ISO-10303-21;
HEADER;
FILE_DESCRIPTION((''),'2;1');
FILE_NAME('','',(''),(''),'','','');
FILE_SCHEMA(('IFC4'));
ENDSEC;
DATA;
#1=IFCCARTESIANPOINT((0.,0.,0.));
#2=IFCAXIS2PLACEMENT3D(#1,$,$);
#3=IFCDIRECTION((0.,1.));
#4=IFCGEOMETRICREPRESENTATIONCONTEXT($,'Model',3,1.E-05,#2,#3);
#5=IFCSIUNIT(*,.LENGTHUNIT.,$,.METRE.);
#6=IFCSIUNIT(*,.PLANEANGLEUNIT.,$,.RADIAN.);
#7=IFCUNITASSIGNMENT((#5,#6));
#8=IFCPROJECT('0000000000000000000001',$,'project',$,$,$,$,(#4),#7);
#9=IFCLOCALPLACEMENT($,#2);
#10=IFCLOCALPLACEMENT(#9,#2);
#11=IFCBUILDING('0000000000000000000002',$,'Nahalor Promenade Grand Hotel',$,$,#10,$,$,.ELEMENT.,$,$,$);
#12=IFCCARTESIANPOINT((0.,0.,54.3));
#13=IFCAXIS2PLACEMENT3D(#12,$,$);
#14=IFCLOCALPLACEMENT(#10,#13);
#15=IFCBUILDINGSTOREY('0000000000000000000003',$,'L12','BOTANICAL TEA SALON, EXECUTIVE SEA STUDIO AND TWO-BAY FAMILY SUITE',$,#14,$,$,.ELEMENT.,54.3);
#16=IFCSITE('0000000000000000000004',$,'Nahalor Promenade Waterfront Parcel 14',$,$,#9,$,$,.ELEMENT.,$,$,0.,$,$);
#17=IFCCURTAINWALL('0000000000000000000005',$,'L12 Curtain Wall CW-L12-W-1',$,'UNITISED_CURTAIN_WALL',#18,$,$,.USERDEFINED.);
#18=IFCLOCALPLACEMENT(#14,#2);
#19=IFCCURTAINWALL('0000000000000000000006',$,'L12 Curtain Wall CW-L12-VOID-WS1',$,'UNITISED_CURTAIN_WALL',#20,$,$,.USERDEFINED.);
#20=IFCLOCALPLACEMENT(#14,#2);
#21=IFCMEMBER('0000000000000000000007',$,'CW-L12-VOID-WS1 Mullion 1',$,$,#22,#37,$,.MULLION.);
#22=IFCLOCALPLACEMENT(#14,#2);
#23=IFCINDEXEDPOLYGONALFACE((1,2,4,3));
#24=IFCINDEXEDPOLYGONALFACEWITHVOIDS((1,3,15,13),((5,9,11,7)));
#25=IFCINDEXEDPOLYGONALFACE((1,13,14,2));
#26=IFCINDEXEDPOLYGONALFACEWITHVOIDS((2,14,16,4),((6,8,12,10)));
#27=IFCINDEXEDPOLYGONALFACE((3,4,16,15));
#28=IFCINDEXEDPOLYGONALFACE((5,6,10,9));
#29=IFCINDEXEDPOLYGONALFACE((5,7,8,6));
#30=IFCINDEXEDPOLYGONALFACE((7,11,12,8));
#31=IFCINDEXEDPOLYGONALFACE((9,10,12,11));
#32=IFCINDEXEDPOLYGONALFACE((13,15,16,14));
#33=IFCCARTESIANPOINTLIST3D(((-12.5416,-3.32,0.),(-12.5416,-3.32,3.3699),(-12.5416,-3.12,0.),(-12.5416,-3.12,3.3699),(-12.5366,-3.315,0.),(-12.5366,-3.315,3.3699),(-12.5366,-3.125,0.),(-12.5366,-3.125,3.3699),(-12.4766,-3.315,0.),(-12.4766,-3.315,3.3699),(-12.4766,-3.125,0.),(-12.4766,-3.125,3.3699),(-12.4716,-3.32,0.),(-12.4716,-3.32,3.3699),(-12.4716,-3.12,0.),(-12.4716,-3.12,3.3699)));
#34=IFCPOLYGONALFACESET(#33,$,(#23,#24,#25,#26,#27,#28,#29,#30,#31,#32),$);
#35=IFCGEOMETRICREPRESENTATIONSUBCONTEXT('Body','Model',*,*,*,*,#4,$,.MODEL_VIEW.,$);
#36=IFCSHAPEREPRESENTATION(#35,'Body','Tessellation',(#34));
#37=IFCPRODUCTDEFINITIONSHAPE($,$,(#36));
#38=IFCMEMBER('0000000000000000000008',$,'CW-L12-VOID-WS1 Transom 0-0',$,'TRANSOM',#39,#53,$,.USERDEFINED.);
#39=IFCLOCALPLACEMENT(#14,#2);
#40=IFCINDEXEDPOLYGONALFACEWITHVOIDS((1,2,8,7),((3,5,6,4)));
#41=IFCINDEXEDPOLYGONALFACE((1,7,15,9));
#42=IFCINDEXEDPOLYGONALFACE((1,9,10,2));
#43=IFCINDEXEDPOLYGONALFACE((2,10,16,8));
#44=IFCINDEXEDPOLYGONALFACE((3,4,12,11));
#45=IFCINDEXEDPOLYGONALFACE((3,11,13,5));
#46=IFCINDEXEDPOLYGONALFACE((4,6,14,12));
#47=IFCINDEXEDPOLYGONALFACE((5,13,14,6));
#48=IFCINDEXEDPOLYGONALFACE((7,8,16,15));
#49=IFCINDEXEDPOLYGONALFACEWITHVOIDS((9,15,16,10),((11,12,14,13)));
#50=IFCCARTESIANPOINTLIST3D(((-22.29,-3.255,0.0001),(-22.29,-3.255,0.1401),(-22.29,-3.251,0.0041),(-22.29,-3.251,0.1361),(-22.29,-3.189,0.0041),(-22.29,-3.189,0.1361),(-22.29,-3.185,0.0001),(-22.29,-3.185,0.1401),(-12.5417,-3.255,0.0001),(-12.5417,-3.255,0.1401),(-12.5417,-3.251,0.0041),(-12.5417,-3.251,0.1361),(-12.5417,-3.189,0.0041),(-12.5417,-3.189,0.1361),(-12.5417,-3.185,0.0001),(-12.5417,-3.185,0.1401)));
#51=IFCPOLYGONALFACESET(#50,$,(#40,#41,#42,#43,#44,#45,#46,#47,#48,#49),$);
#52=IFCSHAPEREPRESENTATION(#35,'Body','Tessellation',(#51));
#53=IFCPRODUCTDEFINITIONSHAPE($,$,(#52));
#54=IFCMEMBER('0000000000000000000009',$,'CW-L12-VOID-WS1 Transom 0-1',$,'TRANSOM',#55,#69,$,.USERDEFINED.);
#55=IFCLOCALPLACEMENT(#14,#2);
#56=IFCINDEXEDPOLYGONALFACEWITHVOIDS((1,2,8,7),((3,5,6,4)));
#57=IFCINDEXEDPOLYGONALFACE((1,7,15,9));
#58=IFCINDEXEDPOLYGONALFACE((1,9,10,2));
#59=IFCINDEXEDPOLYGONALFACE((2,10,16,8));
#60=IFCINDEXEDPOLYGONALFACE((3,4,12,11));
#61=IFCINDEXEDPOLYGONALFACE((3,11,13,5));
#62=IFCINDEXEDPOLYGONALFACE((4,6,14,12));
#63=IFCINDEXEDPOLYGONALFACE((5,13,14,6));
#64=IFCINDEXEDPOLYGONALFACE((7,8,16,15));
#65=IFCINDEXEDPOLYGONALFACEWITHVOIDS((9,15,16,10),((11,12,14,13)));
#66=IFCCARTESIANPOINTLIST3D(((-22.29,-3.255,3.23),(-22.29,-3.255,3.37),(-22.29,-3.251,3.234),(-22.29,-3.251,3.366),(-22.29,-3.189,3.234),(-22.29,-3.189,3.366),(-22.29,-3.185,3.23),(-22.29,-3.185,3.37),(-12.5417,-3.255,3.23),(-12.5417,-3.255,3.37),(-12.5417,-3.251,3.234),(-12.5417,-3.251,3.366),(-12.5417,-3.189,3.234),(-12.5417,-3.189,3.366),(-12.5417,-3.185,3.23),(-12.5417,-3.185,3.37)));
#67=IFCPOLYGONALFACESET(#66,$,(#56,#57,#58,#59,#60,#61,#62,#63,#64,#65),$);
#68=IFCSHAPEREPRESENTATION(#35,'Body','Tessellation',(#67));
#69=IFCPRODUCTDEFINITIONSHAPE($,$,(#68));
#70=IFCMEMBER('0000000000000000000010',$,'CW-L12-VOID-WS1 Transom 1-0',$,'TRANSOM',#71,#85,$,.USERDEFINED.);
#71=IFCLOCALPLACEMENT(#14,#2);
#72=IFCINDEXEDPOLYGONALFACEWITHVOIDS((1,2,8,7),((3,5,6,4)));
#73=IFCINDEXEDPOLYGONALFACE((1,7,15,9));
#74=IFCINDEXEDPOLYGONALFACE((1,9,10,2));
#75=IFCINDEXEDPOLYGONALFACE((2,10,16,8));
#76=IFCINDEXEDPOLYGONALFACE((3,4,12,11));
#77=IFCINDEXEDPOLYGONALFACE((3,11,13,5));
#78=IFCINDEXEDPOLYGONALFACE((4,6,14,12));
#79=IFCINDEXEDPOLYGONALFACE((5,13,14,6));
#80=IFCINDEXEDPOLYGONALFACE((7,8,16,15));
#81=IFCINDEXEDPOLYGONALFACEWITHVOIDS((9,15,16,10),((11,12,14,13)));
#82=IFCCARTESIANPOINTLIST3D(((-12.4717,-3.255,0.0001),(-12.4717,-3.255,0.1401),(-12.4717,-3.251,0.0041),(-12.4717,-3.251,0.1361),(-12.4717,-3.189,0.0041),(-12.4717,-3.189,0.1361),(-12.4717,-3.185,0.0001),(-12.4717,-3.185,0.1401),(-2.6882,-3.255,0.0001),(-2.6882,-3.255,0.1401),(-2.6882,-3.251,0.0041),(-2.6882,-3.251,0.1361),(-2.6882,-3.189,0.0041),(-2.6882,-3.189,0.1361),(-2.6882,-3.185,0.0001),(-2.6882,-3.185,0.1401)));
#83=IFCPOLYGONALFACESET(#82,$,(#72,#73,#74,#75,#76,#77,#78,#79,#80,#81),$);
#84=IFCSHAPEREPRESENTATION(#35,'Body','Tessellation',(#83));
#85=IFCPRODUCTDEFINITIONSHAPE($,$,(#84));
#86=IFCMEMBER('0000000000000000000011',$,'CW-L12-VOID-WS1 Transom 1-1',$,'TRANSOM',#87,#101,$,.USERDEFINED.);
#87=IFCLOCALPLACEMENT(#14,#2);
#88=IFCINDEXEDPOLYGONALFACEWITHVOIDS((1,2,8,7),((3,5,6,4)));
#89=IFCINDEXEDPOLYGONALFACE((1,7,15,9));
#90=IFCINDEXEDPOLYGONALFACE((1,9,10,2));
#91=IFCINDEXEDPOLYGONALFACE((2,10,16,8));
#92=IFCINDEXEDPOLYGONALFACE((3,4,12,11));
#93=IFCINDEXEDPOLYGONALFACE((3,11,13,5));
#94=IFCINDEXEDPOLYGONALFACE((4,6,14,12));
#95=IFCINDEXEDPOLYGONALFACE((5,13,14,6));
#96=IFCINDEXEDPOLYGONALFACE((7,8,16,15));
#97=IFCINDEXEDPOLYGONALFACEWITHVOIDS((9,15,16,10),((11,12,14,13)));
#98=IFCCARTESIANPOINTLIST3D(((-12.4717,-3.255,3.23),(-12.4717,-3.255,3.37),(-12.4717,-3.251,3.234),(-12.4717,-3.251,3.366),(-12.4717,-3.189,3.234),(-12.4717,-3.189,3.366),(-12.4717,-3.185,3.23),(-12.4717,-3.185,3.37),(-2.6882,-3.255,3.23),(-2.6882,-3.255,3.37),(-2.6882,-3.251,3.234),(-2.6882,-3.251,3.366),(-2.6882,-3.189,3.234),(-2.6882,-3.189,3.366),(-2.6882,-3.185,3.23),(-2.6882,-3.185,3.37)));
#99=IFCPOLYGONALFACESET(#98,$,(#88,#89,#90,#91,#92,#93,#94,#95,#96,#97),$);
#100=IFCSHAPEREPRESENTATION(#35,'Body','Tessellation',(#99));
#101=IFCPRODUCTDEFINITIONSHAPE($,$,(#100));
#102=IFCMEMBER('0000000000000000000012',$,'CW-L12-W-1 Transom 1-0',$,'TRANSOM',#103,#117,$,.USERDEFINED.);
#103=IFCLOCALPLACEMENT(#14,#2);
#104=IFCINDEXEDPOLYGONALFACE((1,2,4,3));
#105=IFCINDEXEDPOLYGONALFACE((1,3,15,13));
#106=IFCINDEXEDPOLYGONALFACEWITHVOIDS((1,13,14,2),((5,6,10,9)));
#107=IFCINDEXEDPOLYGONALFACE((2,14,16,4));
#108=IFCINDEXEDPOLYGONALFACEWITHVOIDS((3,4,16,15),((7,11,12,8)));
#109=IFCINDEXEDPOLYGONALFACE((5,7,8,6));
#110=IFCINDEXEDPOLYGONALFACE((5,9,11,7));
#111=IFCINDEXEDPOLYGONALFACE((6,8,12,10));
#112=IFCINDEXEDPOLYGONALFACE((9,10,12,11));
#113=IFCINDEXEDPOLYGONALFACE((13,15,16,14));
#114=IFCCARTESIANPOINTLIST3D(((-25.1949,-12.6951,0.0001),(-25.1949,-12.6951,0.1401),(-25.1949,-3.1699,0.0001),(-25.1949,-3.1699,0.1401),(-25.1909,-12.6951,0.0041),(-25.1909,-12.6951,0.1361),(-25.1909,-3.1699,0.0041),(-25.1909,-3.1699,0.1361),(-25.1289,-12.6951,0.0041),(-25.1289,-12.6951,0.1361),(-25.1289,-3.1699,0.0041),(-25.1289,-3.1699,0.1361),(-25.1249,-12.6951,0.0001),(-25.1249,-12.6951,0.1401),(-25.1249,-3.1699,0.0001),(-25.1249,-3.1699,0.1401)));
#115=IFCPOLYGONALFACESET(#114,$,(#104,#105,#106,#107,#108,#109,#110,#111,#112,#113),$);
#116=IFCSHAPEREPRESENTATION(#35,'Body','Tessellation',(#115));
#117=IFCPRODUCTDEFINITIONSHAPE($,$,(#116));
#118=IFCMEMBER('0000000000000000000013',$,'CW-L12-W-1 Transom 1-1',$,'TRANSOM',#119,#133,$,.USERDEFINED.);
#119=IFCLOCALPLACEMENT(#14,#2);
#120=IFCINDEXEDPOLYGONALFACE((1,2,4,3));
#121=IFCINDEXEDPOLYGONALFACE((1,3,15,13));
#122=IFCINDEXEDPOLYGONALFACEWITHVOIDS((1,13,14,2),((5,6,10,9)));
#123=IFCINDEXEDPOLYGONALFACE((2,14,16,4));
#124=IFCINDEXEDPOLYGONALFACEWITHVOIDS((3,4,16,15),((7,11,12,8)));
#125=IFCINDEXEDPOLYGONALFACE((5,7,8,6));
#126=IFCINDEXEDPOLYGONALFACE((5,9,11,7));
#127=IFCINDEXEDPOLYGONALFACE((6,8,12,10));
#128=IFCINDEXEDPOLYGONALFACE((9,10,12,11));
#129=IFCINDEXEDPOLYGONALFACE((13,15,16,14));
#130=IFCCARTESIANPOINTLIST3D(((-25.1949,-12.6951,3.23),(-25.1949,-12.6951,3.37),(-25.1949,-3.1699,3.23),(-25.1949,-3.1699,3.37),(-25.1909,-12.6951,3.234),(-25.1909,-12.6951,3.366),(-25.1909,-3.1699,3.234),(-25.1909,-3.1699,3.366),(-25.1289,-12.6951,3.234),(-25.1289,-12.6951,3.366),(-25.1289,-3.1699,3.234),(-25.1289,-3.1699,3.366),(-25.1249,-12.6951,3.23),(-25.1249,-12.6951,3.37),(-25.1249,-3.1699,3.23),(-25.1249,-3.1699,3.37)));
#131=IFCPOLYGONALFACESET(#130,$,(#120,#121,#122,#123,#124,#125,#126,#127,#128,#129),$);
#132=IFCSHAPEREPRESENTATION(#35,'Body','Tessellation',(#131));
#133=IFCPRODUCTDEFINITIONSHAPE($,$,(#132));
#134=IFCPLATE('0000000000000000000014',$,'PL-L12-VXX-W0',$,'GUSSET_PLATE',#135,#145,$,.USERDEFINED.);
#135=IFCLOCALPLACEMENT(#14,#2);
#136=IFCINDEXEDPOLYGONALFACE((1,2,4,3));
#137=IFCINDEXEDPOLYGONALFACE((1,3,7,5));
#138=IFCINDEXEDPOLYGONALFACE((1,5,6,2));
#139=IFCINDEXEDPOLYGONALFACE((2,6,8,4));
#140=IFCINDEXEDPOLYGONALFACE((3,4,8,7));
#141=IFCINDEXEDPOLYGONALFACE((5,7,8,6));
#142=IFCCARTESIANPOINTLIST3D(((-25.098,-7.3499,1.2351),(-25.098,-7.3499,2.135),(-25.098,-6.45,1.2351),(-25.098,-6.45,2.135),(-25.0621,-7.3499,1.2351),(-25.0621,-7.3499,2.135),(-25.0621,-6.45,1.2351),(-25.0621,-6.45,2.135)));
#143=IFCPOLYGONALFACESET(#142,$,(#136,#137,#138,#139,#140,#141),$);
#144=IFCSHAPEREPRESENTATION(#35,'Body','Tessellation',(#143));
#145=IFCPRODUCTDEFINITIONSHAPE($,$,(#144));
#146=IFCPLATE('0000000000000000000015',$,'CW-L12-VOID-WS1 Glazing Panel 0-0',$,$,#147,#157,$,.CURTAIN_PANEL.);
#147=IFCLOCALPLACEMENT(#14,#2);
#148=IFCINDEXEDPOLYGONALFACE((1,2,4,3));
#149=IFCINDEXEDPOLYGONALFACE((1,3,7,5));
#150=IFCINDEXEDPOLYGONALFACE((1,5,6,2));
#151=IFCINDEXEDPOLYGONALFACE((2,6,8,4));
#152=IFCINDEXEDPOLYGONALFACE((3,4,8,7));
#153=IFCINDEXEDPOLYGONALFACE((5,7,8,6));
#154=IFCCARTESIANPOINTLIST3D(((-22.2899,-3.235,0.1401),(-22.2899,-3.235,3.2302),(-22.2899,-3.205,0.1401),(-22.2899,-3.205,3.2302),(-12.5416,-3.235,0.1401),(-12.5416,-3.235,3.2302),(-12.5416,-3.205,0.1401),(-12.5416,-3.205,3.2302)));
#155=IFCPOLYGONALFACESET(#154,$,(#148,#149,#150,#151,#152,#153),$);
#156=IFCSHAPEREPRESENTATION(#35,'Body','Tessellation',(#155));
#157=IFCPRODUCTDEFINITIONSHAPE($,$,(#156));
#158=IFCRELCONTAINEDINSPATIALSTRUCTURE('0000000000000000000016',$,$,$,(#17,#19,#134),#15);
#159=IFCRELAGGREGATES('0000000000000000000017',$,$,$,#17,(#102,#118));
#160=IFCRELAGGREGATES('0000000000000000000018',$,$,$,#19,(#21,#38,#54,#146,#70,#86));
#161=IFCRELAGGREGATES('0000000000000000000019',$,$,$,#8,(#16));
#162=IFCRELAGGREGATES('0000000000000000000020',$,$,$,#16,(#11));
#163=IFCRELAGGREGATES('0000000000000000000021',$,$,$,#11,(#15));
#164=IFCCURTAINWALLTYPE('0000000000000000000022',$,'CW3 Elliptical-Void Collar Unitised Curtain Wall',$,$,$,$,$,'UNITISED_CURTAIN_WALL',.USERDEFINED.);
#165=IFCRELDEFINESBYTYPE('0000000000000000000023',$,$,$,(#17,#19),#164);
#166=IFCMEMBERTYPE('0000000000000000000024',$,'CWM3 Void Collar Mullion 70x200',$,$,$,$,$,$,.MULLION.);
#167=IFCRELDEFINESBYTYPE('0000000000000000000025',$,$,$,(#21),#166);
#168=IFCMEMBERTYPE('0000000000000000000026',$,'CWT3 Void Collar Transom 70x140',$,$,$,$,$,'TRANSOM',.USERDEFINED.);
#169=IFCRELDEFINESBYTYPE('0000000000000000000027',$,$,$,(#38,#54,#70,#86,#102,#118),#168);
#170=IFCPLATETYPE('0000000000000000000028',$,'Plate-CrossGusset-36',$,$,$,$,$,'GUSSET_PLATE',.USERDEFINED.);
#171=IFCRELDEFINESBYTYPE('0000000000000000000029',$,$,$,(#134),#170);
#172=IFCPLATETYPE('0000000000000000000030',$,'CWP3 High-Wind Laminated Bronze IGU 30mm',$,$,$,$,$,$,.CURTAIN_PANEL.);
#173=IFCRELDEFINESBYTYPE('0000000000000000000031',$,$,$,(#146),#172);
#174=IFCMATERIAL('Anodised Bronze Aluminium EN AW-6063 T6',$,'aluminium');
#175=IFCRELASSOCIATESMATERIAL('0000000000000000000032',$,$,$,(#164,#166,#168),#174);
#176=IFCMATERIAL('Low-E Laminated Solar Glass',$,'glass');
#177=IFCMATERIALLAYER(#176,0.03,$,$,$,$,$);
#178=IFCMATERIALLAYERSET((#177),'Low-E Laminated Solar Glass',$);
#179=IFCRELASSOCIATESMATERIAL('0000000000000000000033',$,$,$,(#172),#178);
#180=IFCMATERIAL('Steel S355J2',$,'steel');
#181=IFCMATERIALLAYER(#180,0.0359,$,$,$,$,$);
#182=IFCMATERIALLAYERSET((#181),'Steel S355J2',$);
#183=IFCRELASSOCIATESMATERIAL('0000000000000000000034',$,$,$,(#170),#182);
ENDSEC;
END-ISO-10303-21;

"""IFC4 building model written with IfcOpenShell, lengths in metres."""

from ifc_helpers import new_model, si_unit, direction, frame, origin, origin_2d, place, context, subcontext, project, spatial, rectangle, hollow_rectangle, extrude, source, transform, mapped, material, layer, layer_set, material_profile, profile_set, type_object, element, aggregate, save


model = new_model("IFC4")

# Units and contexts
model_context = context("Model", 3, precision=1e-05, world=origin(), true_north=direction((0.0, 1.0)))
body_context = subcontext(model_context, "Body", "Model", "MODEL_VIEW")
ifc_project = project(units=[si_unit("LENGTHUNIT", "METRE"), si_unit("PLANEANGLEUNIT", "RADIAN")], contexts=[model_context])

# Site, building, storey
site_placement = place(None, origin())
site = spatial("IfcSite", under=ifc_project, at=site_placement, Name="Nahalor Promenade Waterfront Parcel 14", CompositionType="ELEMENT", RefElevation=0.0)
building_placement = place(site_placement, origin())
building = spatial("IfcBuilding", under=site, at=building_placement, Name="Nahalor Promenade Grand Hotel", CompositionType="ELEMENT")
storey_placement = place(building_placement, frame((0.0, 0.0, 54.3)))
storey = spatial("IfcBuildingStorey", under=building, at=storey_placement, Name="L12", Description="BOTANICAL TEA SALON, EXECUTIVE SEA STUDIO AND TWO-BAY FAMILY SUITE", CompositionType="ELEMENT", Elevation=54.3)

# Shared definitions
ifc_material_1 = material(Name="Steel S355J2", Category="steel")

# Curtain wall
ifc_material_2 = material(Name="Anodised Bronze Aluminium EN AW-6063 T6", Category="aluminium")
curtain_wall_type = type_object("IfcCurtainWallType", Name="CW3 Elliptical-Void Collar Unitised Curtain Wall", ElementType="UNITISED_CURTAIN_WALL", PredefinedType="USERDEFINED", material=ifc_material_2)
curtain_wall_1_placement = place(storey_placement, origin())
curtain_wall_1 = element("IfcCurtainWall", 1, at=curtain_wall_1_placement, inside=storey, type_object=curtain_wall_type, Name="L12 Curtain Wall CW-L12-W-1", ObjectType="UNITISED_CURTAIN_WALL", PredefinedType="USERDEFINED")
ifc_material_profile_1 = material_profile(ifc_material_2, hollow_rectangle(XDim=0.07, YDim=0.2, WallThickness=0.005, at=origin_2d()), Name="CWM 70x200x5")
ifc_profile_set_1 = profile_set([ifc_material_profile_1], Name="Anodised Bronze Aluminium EN AW-6063 T6")
member_type_1 = type_object("IfcMemberType", Name="CWM3 Void Collar Mullion 70x200", PredefinedType="MULLION", material=ifc_profile_set_1)
shared_shape_1 = source(origin(), body_context, "Body", "SweptSolid", [
    extrude(hollow_rectangle(XDim=0.07, YDim=0.2, WallThickness=0.005, at=origin_2d()), origin(), (0.0, 0.0, 1.0), 3.3699),
])

# Curtain wall, members
curtain_wall_2_placement = place(storey_placement, origin())
curtain_wall_2 = element("IfcCurtainWall", 2, at=curtain_wall_2_placement, inside=storey, type_object=curtain_wall_type, Name="L12 Curtain Wall CW-L12-VOID-WS1", ObjectType="UNITISED_CURTAIN_WALL", PredefinedType="USERDEFINED")
member_1_placement = place(storey_placement, frame((-12.5066, -3.22, 0.0), z_axis=(0.0, 0.0, 1.0), x_axis=(1.0, 0.0, 0.0)))
member_1 = element("IfcMember", 3, at=member_1_placement, type_object=member_type_1, Name="CW-L12-VOID-WS1 Mullion 1", PredefinedType="MULLION", context=body_context, shape_type="MappedRepresentation", body=[
    mapped(shared_shape_1, transform((0.0, 0.0, 0.0), scale=1.0)),
])
ifc_material_profile_2 = material_profile(ifc_material_2, hollow_rectangle(XDim=0.07, YDim=0.14, WallThickness=0.004, at=origin_2d()), Name="CWT 70x140x4")
ifc_profile_set_2 = profile_set([ifc_material_profile_2], Name="Anodised Bronze Aluminium EN AW-6063 T6")
member_type_2 = type_object("IfcMemberType", Name="CWT3 Void Collar Transom 70x140", ElementType="TRANSOM", PredefinedType="USERDEFINED", material=ifc_profile_set_2)
shared_shape_2 = source(origin(), body_context, "Body", "SweptSolid", [
    extrude(hollow_rectangle(XDim=0.07, YDim=0.14, WallThickness=0.004, at=origin_2d()), origin(), (0.0, 0.0, 1.0), 9.7483),
])
member_2_placement = place(storey_placement, frame((-22.29, -3.22, 0.0701), z_axis=(1.0, 0.0, 0.0), x_axis=(0.0, 1.0, 0.0)))
member_2 = element("IfcMember", 4, at=member_2_placement, type_object=member_type_2, Name="CW-L12-VOID-WS1 Transom 0-0", ObjectType="TRANSOM", PredefinedType="USERDEFINED", context=body_context, shape_type="MappedRepresentation", body=[
    mapped(shared_shape_2, transform((0.0, 0.0, 0.0), scale=1.0)),
])
member_3_placement = place(storey_placement, frame((-22.29, -3.22, 3.3), z_axis=(1.0, 0.0, 0.0), x_axis=(0.0, 1.0, 0.0)))
member_3 = element("IfcMember", 5, at=member_3_placement, type_object=member_type_2, Name="CW-L12-VOID-WS1 Transom 0-1", ObjectType="TRANSOM", PredefinedType="USERDEFINED", context=body_context, shape_type="MappedRepresentation", body=[
    mapped(shared_shape_2, transform((0.0, 0.0, 0.0), scale=1.0)),
])
shared_shape_3 = source(origin(), body_context, "Body", "SweptSolid", [
    extrude(hollow_rectangle(XDim=0.07, YDim=0.14, WallThickness=0.004, at=origin_2d()), origin(), (0.0, 0.0, 1.0), 9.7834),
])
member_4_placement = place(storey_placement, frame((-12.4717, -3.22, 0.0701), z_axis=(1.0, 0.0, 0.0), x_axis=(0.0, 1.0, 0.0)))
member_4 = element("IfcMember", 6, at=member_4_placement, type_object=member_type_2, Name="CW-L12-VOID-WS1 Transom 1-0", ObjectType="TRANSOM", PredefinedType="USERDEFINED", context=body_context, shape_type="MappedRepresentation", body=[
    mapped(shared_shape_3, transform((0.0, 0.0, 0.0), scale=1.0)),
])
member_5_placement = place(storey_placement, frame((-12.4717, -3.22, 3.3), z_axis=(1.0, 0.0, 0.0), x_axis=(0.0, 1.0, 0.0)))
member_5 = element("IfcMember", 7, at=member_5_placement, type_object=member_type_2, Name="CW-L12-VOID-WS1 Transom 1-1", ObjectType="TRANSOM", PredefinedType="USERDEFINED", context=body_context, shape_type="MappedRepresentation", body=[
    mapped(shared_shape_3, transform((0.0, 0.0, 0.0), scale=1.0)),
])

# Members
shared_shape_4 = source(origin(), body_context, "Body", "SweptSolid", [
    extrude(hollow_rectangle(XDim=0.07, YDim=0.14, WallThickness=0.004, at=origin_2d()), origin(), (0.0, 0.0, 1.0), 9.5251),
])
member_6_placement = place(storey_placement, frame((-25.1599, -12.6951, 0.0701), z_axis=(0.0, 1.0, 0.0), x_axis=(-1.0, 0.0, 0.0)))
member_6 = element("IfcMember", 8, at=member_6_placement, type_object=member_type_2, Name="CW-L12-W-1 Transom 1-0", ObjectType="TRANSOM", PredefinedType="USERDEFINED", context=body_context, shape_type="MappedRepresentation", body=[
    mapped(shared_shape_4, transform((0.0, 0.0, 0.0), scale=1.0)),
])
member_7_placement = place(storey_placement, frame((-25.1599, -12.6951, 3.3), z_axis=(0.0, 1.0, 0.0), x_axis=(-1.0, 0.0, 0.0)))
member_7 = element("IfcMember", 9, at=member_7_placement, type_object=member_type_2, Name="CW-L12-W-1 Transom 1-1", ObjectType="TRANSOM", PredefinedType="USERDEFINED", context=body_context, shape_type="MappedRepresentation", body=[
    mapped(shared_shape_4, transform((0.0, 0.0, 0.0), scale=1.0)),
])

# Plates
ifc_material_3 = material(Name="Low-E Laminated Solar Glass", Category="glass")
ifc_layer_1 = layer(ifc_material_3, 0.03)
ifc_layer_set_1 = layer_set([ifc_layer_1], Name="Low-E Laminated Solar Glass")
plate_type_1 = type_object("IfcPlateType", Name="CWP3 High-Wind Laminated Bronze IGU 30mm", PredefinedType="CURTAIN_PANEL", material=ifc_layer_set_1)
aggregate(curtain_wall_1, [member_6, member_7])
ifc_layer_2 = layer(ifc_material_1, 0.0359)
ifc_layer_set_2 = layer_set([ifc_layer_2], Name="Steel S355J2")
plate_type_2 = type_object("IfcPlateType", Name="Plate-CrossGusset-36", ElementType="GUSSET_PLATE", PredefinedType="USERDEFINED", material=ifc_layer_set_2)
shared_shape_5 = source(origin(), body_context, "Body", "SweptSolid", [
    extrude(rectangle(XDim=0.8999, YDim=0.0359, at=origin_2d()), origin(), (0.0, 0.0, 1.0), 0.8999),
])
plate_1_placement = place(storey_placement, frame((-25.0801, -6.8999, 1.2351), z_axis=(0.0, 0.0, 1.0), x_axis=(0.0, 1.0, 0.0)))
element("IfcPlate", 10, at=plate_1_placement, inside=storey, type_object=plate_type_2, Name="PL-L12-VXX-W0", ObjectType="GUSSET_PLATE", PredefinedType="USERDEFINED", context=body_context, shape_type="MappedRepresentation", body=[
    mapped(shared_shape_5, transform((0.0, 0.0, 0.0), scale=1.0)),
])
shared_shape_6 = source(origin(), body_context, "Body", "SweptSolid", [
    extrude(rectangle(XDim=9.7483, YDim=0.03, at=origin_2d()), origin(), (0.0, 0.0, 1.0), 3.0901),
])
plate_2_placement = place(storey_placement, frame((-17.4158, -3.22, 0.1401), z_axis=(0.0, 0.0, 1.0), x_axis=(1.0, 0.0, 0.0)))
plate_2 = element("IfcPlate", 11, at=plate_2_placement, type_object=plate_type_1, Name="CW-L12-VOID-WS1 Glazing Panel 0-0", PredefinedType="CURTAIN_PANEL", context=body_context, shape_type="MappedRepresentation", body=[
    mapped(shared_shape_6, transform((0.0, 0.0, 0.0), scale=1.0)),
])
aggregate(curtain_wall_2, [member_1, member_2, member_3, plate_2, member_4, member_5])

save(model, "model.ifc")
